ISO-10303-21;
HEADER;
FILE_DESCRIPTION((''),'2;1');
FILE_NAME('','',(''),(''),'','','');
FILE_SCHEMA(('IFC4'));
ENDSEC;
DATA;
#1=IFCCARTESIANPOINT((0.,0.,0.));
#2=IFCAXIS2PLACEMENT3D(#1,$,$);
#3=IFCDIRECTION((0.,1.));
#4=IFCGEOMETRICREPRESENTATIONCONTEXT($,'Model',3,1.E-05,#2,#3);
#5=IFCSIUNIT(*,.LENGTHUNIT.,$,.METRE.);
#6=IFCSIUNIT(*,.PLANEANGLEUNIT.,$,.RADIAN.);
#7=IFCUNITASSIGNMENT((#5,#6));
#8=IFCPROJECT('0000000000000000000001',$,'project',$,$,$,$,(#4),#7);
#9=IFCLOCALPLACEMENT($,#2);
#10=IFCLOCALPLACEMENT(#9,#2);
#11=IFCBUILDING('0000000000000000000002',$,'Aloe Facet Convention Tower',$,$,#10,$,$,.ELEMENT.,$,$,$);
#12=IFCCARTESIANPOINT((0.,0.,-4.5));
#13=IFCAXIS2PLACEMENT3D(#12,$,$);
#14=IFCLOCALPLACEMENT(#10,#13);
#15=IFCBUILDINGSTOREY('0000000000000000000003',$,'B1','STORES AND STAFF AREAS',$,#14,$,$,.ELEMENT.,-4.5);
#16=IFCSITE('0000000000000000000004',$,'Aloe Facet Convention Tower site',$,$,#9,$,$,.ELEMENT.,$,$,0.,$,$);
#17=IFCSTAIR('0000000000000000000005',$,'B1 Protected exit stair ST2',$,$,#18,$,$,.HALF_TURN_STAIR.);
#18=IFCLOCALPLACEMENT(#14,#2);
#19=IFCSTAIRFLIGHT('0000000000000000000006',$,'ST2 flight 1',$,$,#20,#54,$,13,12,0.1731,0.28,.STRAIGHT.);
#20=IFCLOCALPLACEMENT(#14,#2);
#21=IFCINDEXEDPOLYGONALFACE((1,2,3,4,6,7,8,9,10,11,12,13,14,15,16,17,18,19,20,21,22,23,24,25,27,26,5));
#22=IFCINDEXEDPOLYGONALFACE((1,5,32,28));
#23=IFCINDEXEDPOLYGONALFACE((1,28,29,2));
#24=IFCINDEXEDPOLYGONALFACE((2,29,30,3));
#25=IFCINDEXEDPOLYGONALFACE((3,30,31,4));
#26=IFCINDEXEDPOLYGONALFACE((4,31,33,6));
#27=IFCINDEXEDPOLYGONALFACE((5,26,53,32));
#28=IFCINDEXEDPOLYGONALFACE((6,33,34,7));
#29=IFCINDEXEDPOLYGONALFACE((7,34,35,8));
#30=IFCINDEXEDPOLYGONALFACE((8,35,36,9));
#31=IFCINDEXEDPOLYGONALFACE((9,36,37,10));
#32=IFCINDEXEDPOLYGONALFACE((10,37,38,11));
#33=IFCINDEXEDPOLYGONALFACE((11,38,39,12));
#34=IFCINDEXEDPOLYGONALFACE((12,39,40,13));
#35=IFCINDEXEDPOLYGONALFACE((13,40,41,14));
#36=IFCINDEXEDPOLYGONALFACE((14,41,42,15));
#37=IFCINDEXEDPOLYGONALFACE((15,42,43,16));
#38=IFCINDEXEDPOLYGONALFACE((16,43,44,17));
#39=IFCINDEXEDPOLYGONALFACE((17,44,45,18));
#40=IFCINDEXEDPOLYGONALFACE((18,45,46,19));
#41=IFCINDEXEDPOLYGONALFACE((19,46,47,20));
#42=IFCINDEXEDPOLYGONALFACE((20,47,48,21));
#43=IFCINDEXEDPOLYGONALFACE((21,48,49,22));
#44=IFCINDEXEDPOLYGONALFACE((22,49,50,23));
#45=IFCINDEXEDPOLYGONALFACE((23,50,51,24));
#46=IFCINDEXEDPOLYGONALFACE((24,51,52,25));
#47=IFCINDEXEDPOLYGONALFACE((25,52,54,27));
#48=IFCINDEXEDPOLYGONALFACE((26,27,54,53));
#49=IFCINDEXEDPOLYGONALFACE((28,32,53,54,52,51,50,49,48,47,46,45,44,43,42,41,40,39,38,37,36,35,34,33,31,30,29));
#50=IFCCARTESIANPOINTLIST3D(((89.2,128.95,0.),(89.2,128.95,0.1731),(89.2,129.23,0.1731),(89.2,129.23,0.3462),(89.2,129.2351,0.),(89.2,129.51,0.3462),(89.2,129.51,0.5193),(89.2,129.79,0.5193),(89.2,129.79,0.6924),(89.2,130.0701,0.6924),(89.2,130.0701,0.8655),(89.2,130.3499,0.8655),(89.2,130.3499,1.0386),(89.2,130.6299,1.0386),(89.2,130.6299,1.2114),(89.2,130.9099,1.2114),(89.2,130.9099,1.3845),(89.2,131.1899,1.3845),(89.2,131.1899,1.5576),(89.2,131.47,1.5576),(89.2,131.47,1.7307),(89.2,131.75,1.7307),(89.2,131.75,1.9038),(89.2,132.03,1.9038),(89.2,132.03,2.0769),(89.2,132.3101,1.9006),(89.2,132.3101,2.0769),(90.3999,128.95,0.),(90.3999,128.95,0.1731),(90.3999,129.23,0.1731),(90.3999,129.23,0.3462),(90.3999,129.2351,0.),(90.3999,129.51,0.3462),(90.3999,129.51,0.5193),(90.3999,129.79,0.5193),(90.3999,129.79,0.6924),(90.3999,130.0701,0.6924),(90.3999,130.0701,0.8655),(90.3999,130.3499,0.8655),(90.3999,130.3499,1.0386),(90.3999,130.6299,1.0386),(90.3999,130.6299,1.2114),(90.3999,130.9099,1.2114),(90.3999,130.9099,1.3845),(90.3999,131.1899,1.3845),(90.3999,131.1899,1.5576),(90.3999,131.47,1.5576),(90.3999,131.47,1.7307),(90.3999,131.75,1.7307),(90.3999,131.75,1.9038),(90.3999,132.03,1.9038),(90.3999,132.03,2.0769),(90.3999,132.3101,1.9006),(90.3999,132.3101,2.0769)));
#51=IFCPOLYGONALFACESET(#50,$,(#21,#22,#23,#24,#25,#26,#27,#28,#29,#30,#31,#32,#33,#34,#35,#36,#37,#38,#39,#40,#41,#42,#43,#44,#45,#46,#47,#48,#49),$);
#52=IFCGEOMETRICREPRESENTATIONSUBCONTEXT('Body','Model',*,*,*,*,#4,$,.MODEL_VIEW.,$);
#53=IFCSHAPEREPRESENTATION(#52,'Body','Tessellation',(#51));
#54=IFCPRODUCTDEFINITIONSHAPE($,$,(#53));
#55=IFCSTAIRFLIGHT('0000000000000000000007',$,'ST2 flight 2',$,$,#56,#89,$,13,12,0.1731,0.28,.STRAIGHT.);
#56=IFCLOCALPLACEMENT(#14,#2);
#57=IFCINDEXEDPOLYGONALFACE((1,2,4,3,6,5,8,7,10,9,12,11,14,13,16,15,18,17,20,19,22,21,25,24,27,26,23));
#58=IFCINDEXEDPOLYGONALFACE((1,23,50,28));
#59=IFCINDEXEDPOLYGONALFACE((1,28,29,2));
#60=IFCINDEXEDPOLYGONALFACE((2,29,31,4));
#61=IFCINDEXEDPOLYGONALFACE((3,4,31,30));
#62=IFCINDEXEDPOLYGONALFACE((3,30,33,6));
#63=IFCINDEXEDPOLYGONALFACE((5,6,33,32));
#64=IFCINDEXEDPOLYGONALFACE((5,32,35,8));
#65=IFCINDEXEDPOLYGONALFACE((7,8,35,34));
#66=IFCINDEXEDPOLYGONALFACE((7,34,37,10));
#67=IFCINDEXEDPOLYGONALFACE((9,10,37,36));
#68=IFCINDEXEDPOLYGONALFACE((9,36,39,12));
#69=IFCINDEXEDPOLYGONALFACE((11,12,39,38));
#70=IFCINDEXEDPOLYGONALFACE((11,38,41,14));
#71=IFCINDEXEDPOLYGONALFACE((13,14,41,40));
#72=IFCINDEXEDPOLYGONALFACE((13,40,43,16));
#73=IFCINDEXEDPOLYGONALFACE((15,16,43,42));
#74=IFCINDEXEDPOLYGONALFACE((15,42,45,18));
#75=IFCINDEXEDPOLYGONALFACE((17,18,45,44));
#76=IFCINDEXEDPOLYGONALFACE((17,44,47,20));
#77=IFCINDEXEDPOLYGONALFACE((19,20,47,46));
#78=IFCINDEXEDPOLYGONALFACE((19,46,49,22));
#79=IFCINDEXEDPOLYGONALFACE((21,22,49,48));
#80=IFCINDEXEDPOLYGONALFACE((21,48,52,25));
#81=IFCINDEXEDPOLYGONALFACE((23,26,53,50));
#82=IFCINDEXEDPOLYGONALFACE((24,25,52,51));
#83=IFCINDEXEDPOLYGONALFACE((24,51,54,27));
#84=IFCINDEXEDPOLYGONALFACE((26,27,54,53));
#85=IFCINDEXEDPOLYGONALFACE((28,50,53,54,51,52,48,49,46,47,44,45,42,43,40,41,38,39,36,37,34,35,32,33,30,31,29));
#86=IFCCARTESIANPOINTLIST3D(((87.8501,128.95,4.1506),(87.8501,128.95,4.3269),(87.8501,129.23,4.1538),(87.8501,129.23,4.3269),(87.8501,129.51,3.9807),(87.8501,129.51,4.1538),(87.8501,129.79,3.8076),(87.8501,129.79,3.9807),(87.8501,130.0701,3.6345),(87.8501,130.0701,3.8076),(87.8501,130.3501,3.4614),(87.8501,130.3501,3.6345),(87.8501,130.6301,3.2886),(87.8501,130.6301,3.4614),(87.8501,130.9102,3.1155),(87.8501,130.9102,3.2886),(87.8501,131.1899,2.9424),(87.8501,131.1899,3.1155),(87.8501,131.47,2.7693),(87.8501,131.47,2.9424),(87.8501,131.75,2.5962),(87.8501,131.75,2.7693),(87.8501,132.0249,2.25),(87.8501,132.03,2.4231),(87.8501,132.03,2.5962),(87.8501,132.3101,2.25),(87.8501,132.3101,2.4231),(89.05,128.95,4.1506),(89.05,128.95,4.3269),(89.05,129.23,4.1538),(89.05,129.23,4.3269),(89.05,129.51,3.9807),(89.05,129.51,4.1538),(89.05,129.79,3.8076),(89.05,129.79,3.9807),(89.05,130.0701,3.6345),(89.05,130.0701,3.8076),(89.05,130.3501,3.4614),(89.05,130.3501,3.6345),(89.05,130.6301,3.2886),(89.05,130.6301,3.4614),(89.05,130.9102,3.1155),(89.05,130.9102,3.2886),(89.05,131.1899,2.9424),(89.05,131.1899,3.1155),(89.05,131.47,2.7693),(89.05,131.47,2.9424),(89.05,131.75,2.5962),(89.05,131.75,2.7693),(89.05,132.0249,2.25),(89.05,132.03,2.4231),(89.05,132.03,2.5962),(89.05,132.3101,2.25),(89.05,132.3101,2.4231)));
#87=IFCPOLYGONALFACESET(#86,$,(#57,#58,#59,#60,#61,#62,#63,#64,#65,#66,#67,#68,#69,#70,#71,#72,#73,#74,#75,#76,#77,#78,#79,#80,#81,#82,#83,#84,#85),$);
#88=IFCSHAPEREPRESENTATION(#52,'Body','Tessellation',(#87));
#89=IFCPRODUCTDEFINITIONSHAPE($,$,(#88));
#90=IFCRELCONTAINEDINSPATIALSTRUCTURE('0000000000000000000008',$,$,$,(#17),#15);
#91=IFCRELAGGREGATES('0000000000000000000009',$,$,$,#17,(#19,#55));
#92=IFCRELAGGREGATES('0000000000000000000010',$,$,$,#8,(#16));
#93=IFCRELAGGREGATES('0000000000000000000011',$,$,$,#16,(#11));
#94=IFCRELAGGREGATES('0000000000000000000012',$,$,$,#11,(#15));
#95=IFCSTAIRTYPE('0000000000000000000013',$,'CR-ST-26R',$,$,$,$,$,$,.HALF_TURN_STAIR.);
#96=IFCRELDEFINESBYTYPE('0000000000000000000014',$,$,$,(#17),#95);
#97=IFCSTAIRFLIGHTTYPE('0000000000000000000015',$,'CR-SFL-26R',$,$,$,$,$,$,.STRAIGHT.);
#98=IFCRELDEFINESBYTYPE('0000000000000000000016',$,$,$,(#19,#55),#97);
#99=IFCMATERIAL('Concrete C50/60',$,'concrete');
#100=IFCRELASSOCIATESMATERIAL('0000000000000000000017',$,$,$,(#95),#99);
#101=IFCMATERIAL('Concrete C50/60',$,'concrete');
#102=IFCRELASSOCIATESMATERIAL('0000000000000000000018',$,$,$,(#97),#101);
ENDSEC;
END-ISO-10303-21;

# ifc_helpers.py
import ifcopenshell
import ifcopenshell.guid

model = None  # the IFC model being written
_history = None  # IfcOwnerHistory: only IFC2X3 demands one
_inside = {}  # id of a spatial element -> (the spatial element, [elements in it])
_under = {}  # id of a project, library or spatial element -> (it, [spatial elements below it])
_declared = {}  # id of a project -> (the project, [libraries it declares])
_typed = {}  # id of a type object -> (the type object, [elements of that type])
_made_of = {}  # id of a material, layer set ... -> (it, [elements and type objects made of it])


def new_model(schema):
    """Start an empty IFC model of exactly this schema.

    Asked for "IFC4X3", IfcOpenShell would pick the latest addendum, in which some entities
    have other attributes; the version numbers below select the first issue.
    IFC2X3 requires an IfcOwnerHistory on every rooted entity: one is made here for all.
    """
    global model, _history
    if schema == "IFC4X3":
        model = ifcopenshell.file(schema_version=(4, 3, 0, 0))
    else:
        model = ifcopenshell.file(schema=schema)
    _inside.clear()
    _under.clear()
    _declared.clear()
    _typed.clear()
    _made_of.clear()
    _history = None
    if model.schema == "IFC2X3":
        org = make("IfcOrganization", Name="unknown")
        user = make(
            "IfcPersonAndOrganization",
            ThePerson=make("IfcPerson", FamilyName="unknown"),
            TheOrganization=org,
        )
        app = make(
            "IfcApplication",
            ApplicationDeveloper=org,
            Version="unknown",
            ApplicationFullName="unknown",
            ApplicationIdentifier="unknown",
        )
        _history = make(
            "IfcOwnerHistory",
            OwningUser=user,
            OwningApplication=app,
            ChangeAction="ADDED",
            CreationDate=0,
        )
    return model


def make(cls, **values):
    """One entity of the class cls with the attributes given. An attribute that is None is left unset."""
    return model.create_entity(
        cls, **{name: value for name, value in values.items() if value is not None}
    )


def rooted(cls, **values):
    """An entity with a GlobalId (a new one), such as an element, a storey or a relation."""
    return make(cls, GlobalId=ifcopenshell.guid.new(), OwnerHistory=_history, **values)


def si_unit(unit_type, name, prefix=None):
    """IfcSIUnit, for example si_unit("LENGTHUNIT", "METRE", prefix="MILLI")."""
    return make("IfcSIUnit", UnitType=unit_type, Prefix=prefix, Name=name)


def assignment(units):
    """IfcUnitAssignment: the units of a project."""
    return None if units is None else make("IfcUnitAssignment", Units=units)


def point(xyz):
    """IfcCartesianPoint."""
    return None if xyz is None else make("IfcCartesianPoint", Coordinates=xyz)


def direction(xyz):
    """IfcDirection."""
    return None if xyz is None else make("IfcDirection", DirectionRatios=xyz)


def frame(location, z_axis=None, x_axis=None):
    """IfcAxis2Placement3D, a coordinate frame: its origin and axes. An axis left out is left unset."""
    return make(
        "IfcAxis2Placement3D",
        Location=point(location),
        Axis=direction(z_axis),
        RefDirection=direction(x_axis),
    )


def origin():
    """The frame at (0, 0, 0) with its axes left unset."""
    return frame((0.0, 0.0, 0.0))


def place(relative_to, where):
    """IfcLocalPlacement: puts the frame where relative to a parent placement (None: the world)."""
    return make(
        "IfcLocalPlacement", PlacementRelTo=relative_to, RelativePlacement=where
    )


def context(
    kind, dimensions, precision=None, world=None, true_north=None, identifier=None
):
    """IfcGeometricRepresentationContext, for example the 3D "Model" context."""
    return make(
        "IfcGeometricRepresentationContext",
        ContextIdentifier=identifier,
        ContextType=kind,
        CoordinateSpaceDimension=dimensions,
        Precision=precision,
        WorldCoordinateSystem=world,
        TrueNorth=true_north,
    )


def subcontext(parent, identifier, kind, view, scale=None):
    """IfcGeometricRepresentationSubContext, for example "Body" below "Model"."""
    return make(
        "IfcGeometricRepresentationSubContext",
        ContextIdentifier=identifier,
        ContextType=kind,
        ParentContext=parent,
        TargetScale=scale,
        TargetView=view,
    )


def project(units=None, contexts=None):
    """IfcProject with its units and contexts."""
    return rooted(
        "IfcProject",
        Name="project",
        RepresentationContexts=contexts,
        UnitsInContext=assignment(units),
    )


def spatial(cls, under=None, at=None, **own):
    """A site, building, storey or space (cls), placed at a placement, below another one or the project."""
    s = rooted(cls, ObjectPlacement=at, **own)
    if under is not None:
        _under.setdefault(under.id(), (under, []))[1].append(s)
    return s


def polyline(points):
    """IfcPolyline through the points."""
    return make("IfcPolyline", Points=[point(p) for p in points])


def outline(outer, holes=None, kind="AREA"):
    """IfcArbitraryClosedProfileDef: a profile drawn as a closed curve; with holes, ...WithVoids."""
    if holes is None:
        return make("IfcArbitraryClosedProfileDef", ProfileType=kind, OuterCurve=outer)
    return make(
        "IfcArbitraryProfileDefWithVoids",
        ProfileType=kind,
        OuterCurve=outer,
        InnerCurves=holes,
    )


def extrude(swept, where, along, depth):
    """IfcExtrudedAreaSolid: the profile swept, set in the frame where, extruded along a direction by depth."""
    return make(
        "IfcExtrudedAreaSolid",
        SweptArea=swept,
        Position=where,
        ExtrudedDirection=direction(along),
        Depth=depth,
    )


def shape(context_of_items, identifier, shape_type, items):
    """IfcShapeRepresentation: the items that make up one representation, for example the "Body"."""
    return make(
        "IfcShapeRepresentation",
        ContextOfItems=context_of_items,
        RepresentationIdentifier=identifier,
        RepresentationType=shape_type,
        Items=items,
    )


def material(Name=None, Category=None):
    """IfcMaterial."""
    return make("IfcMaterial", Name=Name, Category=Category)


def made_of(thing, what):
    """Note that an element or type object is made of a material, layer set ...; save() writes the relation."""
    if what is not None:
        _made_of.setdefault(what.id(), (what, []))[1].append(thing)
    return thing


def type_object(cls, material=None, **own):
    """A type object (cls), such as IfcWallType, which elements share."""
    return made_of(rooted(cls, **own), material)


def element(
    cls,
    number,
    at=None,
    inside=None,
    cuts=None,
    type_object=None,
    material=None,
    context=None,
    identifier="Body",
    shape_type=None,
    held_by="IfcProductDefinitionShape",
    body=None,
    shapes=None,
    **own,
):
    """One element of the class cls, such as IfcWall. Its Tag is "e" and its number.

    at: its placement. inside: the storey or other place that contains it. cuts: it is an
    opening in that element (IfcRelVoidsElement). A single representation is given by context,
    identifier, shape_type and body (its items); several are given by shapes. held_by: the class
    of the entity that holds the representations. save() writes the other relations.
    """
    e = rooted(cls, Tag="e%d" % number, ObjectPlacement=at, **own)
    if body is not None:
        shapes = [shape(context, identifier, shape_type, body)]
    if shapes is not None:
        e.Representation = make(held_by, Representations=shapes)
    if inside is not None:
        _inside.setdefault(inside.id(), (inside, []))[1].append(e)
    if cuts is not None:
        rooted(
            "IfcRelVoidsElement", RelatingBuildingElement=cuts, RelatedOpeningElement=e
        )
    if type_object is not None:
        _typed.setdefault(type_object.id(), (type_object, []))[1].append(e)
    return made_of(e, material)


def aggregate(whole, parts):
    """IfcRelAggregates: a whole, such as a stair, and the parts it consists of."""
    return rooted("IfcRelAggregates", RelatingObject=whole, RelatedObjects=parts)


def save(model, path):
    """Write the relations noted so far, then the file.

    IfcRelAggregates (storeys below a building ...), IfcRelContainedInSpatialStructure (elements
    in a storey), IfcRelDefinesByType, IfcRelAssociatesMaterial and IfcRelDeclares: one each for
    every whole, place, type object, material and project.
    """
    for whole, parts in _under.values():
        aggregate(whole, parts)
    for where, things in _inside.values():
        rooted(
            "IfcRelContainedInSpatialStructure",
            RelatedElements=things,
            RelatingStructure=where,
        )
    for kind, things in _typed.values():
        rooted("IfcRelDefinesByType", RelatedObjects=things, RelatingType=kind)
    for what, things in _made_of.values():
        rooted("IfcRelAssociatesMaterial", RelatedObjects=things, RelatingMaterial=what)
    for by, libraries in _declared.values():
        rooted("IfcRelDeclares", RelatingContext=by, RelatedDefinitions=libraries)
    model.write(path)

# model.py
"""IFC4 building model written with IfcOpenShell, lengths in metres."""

from ifc_helpers import new_model, si_unit, direction, frame, origin, place, context, subcontext, project, spatial, polyline, outline, extrude, material, type_object, element, aggregate, save


model = new_model("IFC4")

# Units and contexts
model_context = context("Model", 3, precision=1e-05, world=origin(), true_north=direction((0.0, 1.0)))
body_context = subcontext(model_context, "Body", "Model", "MODEL_VIEW")
ifc_project = project(units=[si_unit("LENGTHUNIT", "METRE"), si_unit("PLANEANGLEUNIT", "RADIAN")], contexts=[model_context])

# Site, building, storey
site_placement = place(None, origin())
site = spatial("IfcSite", under=ifc_project, at=site_placement, Name="Aloe Facet Convention Tower site", CompositionType="ELEMENT", RefElevation=0.0)
building_placement = place(site_placement, origin())
building = spatial("IfcBuilding", under=site, at=building_placement, Name="Aloe Facet Convention Tower", CompositionType="ELEMENT")
storey_placement = place(building_placement, frame((0.0, 0.0, -4.5)))
storey = spatial("IfcBuildingStorey", under=building, at=storey_placement, Name="B1", Description="STORES AND STAFF AREAS", CompositionType="ELEMENT", Elevation=-4.5)

# Stair, stair flights
ifc_material_1 = material(Name="Concrete C50/60", Category="concrete")
stair_type = type_object("IfcStairType", Name="CR-ST-26R", PredefinedType="HALF_TURN_STAIR", material=ifc_material_1)
stair_placement = place(storey_placement, origin())
stair = element("IfcStair", 1, at=stair_placement, inside=storey, type_object=stair_type, Name="B1 Protected exit stair ST2", PredefinedType="HALF_TURN_STAIR")
ifc_material_2 = material(Name="Concrete C50/60", Category="concrete")
stair_flight_type = type_object("IfcStairFlightType", Name="CR-SFL-26R", PredefinedType="STRAIGHT", material=ifc_material_2)
stair_flight_1_placement = place(storey_placement, frame((89.8, 128.95, 0.0), z_axis=(0.0, 0.0, 1.0), x_axis=(0.0, 1.0, 0.0)))
stair_flight_1 = element("IfcStairFlight", 2, at=stair_flight_1_placement, type_object=stair_flight_type, Name="ST2 flight 1", NumberOfRisers=13, NumberOfTreads=12, PredefinedType="STRAIGHT", RiserHeight=0.1731, TreadLength=0.28, context=body_context, shape_type="SweptSolid", body=[
    extrude(outline(polyline([(0.0, 0.0), (0.0, 0.1731), (0.28, 0.1731), (0.28, 0.3462), (0.5601, 0.3462), (0.5601, 0.5193), (0.8401, 0.5193), (0.8401, 0.6924), (1.1201, 0.6924), (1.1201, 0.8655), (1.3999, 0.8655), (1.3999, 1.0386), (1.6799, 1.0386), (1.6799, 1.2114), (1.96, 1.2114), (1.96, 1.3845), (2.24, 1.3845), (2.24, 1.5576), (2.52, 1.5576), (2.52, 1.7307), (2.8, 1.7307), (2.8, 1.9038), (3.0801, 1.9038), (3.0801, 2.0769), (3.3601, 2.0769), (3.3601, 2.25), (3.3601, 1.9006), (0.2852, 0.0), (0.0, 0.0)])), frame((0.0, 0.6001, 0.0), z_axis=(0.0, -1.0, 0.0), x_axis=(1.0, 0.0, 0.0)), (0.0, 0.0, 1.0), 1.2),
])
stair_flight_2_placement = place(storey_placement, frame((88.45, 132.3101, 2.25), z_axis=(0.0, 0.0, 1.0), x_axis=(0.0, -1.0, 0.0)))
stair_flight_2 = element("IfcStairFlight", 3, at=stair_flight_2_placement, type_object=stair_flight_type, Name="ST2 flight 2", NumberOfRisers=13, NumberOfTreads=12, PredefinedType="STRAIGHT", RiserHeight=0.1731, TreadLength=0.28, context=body_context, shape_type="SweptSolid", body=[
    extrude(outline(polyline([(0.0, 0.0), (0.0, 0.1731), (0.28, 0.1731), (0.28, 0.3462), (0.5601, 0.3462), (0.5601, 0.5193), (0.8401, 0.5193), (0.8401, 0.6924), (1.1201, 0.6924), (1.1201, 0.8655), (1.3999, 0.8655), (1.3999, 1.0386), (1.6799, 1.0386), (1.6799, 1.2114), (1.96, 1.2114), (1.96, 1.3845), (2.24, 1.3845), (2.24, 1.5576), (2.52, 1.5576), (2.52, 1.7307), (2.8, 1.7307), (2.8, 1.9038), (3.0801, 1.9038), (3.0801, 2.0769), (3.3601, 2.0769), (3.3601, 2.25), (3.3601, 1.9006), (0.2852, 0.0), (0.0, 0.0)])), frame((0.0, 0.6001, 0.0), z_axis=(0.0, -1.0, 0.0), x_axis=(1.0, 0.0, 0.0)), (0.0, 0.0, 1.0), 1.2),
])
aggregate(stair, [stair_flight_1, stair_flight_2])

save(model, "model.ifc")
